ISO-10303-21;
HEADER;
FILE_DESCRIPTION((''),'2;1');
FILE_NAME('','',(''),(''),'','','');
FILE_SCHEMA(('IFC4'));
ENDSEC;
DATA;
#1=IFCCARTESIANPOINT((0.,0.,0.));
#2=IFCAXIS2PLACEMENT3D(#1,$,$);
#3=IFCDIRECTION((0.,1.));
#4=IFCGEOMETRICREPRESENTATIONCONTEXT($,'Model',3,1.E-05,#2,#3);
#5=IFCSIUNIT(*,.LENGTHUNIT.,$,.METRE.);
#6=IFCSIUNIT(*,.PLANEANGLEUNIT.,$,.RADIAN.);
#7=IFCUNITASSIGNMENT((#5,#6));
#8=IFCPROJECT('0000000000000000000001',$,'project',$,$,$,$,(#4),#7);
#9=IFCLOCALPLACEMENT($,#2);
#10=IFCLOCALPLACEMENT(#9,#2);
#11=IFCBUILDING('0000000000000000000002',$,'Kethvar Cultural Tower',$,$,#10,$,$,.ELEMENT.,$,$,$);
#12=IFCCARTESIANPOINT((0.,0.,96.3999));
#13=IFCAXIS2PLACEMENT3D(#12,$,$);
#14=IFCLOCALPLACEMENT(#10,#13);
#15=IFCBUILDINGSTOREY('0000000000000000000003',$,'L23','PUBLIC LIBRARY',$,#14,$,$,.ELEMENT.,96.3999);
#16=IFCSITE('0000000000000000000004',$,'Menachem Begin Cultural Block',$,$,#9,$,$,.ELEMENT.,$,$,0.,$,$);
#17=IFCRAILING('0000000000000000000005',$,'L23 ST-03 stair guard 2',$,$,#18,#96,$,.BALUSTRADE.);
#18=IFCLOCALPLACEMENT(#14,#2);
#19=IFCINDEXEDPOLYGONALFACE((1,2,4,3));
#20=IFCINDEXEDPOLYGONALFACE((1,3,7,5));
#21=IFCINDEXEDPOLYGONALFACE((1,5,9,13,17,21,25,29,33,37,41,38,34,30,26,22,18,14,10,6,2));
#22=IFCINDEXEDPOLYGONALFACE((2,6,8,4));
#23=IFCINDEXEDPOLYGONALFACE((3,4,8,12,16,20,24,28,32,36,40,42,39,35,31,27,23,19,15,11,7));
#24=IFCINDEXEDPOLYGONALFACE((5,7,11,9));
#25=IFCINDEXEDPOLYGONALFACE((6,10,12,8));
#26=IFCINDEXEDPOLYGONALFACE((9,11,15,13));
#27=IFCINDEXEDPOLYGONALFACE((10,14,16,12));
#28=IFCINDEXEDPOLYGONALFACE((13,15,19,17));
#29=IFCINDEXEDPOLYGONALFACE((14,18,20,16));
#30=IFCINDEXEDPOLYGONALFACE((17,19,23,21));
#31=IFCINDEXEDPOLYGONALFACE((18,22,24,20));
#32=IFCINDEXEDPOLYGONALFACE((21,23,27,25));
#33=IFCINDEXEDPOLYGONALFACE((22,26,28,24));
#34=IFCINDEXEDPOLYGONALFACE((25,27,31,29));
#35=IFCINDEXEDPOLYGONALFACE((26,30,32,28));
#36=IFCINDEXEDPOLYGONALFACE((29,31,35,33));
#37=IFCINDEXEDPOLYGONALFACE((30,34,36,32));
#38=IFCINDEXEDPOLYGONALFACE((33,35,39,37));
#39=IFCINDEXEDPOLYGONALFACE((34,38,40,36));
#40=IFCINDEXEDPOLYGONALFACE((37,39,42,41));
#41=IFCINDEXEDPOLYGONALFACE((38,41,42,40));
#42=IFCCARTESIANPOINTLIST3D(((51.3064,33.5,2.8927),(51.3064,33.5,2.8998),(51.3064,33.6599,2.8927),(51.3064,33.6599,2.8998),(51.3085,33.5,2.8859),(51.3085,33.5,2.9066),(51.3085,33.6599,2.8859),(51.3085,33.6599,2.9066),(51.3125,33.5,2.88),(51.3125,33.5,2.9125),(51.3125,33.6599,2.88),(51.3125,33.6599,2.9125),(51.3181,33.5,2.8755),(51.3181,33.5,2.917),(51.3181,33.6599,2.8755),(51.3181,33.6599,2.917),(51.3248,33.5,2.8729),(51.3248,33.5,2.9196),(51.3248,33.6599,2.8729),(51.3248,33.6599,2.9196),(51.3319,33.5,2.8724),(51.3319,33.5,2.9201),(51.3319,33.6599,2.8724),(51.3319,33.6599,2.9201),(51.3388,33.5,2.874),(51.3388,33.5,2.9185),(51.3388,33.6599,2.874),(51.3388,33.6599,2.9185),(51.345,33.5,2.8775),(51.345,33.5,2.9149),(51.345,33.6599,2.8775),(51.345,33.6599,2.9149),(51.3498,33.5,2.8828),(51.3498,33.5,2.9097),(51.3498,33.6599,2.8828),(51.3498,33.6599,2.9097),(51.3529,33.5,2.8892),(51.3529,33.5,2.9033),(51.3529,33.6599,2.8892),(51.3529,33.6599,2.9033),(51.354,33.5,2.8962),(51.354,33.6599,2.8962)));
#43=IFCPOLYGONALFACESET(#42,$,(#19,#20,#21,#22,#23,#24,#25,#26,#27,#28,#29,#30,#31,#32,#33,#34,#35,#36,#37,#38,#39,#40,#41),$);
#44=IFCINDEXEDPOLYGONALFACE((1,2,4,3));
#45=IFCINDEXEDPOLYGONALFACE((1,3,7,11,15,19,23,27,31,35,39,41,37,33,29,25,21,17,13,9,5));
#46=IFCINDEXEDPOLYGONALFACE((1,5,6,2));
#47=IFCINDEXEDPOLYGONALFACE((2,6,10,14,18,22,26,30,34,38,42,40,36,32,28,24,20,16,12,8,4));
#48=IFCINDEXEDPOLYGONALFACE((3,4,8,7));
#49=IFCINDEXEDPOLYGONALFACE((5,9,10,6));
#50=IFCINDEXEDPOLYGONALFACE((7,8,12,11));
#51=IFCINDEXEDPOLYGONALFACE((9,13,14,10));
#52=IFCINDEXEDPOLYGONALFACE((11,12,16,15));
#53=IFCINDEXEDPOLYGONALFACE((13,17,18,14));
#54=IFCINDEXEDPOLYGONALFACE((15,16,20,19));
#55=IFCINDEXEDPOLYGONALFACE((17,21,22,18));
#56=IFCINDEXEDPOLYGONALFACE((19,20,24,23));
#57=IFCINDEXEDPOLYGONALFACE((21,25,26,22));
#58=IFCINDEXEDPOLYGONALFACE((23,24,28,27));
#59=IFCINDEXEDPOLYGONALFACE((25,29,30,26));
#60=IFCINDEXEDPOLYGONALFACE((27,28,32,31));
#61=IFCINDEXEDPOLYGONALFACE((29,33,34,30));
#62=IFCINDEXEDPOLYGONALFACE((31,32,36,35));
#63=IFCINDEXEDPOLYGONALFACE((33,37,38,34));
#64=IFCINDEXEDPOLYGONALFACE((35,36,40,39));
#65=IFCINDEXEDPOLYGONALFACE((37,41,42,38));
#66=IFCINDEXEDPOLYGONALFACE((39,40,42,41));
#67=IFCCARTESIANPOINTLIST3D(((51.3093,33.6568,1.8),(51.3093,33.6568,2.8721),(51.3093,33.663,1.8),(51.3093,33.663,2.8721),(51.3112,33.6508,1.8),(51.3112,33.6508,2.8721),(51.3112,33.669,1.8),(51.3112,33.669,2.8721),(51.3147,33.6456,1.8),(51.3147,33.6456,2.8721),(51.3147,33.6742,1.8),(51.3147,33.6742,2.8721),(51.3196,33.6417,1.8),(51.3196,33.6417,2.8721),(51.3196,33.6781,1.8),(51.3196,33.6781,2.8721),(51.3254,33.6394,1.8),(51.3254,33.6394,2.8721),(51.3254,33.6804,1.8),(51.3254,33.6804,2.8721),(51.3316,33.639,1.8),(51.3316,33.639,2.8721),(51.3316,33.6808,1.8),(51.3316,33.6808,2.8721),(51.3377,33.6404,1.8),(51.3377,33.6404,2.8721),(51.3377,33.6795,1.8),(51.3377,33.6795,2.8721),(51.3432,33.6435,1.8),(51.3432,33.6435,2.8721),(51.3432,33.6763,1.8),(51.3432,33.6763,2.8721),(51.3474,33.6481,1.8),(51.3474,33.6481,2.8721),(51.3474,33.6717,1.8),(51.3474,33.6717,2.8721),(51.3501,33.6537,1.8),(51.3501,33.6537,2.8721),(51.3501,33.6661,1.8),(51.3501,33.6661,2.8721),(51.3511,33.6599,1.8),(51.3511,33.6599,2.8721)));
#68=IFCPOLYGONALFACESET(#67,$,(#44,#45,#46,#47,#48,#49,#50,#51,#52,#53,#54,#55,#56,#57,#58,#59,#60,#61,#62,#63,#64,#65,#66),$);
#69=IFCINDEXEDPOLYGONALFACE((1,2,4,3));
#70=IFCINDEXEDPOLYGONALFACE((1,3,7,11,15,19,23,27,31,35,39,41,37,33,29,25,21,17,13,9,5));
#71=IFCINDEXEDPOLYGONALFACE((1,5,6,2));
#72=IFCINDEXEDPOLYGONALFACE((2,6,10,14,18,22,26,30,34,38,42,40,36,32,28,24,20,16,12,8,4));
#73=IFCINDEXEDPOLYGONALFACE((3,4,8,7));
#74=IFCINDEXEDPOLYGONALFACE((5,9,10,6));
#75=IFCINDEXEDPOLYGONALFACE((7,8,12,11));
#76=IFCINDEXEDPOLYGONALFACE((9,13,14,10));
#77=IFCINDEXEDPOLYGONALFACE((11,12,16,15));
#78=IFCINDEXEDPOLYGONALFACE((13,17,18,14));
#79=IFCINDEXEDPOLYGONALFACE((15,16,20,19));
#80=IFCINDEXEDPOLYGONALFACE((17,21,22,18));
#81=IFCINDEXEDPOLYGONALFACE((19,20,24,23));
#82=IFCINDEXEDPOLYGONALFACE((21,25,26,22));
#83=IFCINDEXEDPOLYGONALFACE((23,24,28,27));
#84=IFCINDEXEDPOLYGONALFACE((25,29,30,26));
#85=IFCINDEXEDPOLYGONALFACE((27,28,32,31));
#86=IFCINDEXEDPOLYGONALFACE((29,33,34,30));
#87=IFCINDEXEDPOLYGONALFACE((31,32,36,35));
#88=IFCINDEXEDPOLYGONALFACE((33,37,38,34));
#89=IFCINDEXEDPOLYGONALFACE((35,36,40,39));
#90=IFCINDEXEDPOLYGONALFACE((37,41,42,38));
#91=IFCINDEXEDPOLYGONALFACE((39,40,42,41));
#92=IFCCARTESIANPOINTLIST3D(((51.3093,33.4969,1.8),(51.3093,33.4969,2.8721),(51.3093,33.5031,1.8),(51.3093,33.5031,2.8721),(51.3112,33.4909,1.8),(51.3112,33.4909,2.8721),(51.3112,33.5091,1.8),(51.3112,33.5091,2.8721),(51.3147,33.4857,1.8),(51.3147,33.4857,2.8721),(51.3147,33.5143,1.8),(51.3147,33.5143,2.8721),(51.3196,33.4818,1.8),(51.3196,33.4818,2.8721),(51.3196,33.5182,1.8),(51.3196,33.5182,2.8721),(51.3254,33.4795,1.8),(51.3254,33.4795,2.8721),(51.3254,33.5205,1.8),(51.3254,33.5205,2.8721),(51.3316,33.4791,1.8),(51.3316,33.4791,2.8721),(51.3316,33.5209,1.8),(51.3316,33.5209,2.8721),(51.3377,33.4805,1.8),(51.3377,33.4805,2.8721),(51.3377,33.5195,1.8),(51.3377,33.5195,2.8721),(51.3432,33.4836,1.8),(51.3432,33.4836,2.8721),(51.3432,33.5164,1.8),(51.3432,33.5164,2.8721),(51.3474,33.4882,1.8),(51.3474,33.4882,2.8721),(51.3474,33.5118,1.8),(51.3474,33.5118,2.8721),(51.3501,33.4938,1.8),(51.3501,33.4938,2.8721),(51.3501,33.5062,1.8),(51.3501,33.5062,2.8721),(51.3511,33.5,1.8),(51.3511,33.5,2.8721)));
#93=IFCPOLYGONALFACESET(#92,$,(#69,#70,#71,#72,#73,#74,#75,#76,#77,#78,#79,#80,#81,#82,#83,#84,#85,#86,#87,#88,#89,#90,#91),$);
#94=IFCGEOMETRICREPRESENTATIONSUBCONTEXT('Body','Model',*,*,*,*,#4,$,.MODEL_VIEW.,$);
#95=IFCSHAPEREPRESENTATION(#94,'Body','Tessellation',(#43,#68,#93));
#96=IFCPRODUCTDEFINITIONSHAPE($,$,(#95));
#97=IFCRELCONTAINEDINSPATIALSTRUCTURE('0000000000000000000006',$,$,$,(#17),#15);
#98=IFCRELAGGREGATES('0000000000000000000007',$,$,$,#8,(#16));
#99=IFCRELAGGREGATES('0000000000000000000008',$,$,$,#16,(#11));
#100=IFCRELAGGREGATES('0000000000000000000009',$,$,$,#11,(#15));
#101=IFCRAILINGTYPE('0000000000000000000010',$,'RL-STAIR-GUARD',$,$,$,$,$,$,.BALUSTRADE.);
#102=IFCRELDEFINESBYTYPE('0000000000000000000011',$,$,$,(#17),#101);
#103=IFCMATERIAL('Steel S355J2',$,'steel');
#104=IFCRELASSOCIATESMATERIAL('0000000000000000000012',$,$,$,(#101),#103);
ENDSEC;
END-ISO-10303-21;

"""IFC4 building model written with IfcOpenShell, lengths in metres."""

from ifc_helpers import new_model, si_unit, direction, frame, origin, origin_2d, place, context, subcontext, project, spatial, circle, extrude, material, type_object, element, save


model = new_model("IFC4")

# Units and contexts
model_context = context("Model", 3, precision=1e-05, world=origin(), true_north=direction((0.0, 1.0)))
body_context = subcontext(model_context, "Body", "Model", "MODEL_VIEW")
ifc_project = project(units=[si_unit("LENGTHUNIT", "METRE"), si_unit("PLANEANGLEUNIT", "RADIAN")], contexts=[model_context])

# Site, building, storey
site_placement = place(None, origin())
site = spatial("IfcSite", under=ifc_project, at=site_placement, Name="Menachem Begin Cultural Block", CompositionType="ELEMENT", RefElevation=0.0)
building_placement = place(site_placement, origin())
building = spatial("IfcBuilding", under=site, at=building_placement, Name="Kethvar Cultural Tower", CompositionType="ELEMENT")
storey_placement = place(building_placement, frame((0.0, 0.0, 96.3999)))
storey = spatial("IfcBuildingStorey", under=building, at=storey_placement, Name="L23", Description="PUBLIC LIBRARY", CompositionType="ELEMENT", Elevation=96.3999)

# Shared definitions
ifc_material_1 = material(Name="Steel S355J2", Category="steel")

# Railing
railing_type_1 = type_object("IfcRailingType", Name="RL-STAIR-GUARD", PredefinedType="BALUSTRADE", material=ifc_material_1)
railing_1_placement = place(storey_placement, frame((51.3301, 33.6599, 1.8)))
element("IfcRailing", 1, at=railing_1_placement, inside=storey, type_object=railing_type_1, Name="L23 ST-03 stair guard 2", PredefinedType="BALUSTRADE", context=body_context, shape_type="SweptSolid", body=[
    extrude(circle(Radius=0.0239, at=origin_2d()), frame((0.0, 0.0, 1.0962), z_axis=(0.0, -1.0, 0.0), x_axis=(1.0, 0.0, 0.0)), (0.0, 0.0, 1.0), 0.1599),
    extrude(circle(Radius=0.021, at=origin_2d()), origin(), (0.0, 0.0, 1.0), 1.072),
    extrude(circle(Radius=0.021, at=origin_2d()), frame((0.0, -0.1599, 0.0)), (0.0, 0.0, 1.0), 1.072),
])

save(model, "model.ifc")
